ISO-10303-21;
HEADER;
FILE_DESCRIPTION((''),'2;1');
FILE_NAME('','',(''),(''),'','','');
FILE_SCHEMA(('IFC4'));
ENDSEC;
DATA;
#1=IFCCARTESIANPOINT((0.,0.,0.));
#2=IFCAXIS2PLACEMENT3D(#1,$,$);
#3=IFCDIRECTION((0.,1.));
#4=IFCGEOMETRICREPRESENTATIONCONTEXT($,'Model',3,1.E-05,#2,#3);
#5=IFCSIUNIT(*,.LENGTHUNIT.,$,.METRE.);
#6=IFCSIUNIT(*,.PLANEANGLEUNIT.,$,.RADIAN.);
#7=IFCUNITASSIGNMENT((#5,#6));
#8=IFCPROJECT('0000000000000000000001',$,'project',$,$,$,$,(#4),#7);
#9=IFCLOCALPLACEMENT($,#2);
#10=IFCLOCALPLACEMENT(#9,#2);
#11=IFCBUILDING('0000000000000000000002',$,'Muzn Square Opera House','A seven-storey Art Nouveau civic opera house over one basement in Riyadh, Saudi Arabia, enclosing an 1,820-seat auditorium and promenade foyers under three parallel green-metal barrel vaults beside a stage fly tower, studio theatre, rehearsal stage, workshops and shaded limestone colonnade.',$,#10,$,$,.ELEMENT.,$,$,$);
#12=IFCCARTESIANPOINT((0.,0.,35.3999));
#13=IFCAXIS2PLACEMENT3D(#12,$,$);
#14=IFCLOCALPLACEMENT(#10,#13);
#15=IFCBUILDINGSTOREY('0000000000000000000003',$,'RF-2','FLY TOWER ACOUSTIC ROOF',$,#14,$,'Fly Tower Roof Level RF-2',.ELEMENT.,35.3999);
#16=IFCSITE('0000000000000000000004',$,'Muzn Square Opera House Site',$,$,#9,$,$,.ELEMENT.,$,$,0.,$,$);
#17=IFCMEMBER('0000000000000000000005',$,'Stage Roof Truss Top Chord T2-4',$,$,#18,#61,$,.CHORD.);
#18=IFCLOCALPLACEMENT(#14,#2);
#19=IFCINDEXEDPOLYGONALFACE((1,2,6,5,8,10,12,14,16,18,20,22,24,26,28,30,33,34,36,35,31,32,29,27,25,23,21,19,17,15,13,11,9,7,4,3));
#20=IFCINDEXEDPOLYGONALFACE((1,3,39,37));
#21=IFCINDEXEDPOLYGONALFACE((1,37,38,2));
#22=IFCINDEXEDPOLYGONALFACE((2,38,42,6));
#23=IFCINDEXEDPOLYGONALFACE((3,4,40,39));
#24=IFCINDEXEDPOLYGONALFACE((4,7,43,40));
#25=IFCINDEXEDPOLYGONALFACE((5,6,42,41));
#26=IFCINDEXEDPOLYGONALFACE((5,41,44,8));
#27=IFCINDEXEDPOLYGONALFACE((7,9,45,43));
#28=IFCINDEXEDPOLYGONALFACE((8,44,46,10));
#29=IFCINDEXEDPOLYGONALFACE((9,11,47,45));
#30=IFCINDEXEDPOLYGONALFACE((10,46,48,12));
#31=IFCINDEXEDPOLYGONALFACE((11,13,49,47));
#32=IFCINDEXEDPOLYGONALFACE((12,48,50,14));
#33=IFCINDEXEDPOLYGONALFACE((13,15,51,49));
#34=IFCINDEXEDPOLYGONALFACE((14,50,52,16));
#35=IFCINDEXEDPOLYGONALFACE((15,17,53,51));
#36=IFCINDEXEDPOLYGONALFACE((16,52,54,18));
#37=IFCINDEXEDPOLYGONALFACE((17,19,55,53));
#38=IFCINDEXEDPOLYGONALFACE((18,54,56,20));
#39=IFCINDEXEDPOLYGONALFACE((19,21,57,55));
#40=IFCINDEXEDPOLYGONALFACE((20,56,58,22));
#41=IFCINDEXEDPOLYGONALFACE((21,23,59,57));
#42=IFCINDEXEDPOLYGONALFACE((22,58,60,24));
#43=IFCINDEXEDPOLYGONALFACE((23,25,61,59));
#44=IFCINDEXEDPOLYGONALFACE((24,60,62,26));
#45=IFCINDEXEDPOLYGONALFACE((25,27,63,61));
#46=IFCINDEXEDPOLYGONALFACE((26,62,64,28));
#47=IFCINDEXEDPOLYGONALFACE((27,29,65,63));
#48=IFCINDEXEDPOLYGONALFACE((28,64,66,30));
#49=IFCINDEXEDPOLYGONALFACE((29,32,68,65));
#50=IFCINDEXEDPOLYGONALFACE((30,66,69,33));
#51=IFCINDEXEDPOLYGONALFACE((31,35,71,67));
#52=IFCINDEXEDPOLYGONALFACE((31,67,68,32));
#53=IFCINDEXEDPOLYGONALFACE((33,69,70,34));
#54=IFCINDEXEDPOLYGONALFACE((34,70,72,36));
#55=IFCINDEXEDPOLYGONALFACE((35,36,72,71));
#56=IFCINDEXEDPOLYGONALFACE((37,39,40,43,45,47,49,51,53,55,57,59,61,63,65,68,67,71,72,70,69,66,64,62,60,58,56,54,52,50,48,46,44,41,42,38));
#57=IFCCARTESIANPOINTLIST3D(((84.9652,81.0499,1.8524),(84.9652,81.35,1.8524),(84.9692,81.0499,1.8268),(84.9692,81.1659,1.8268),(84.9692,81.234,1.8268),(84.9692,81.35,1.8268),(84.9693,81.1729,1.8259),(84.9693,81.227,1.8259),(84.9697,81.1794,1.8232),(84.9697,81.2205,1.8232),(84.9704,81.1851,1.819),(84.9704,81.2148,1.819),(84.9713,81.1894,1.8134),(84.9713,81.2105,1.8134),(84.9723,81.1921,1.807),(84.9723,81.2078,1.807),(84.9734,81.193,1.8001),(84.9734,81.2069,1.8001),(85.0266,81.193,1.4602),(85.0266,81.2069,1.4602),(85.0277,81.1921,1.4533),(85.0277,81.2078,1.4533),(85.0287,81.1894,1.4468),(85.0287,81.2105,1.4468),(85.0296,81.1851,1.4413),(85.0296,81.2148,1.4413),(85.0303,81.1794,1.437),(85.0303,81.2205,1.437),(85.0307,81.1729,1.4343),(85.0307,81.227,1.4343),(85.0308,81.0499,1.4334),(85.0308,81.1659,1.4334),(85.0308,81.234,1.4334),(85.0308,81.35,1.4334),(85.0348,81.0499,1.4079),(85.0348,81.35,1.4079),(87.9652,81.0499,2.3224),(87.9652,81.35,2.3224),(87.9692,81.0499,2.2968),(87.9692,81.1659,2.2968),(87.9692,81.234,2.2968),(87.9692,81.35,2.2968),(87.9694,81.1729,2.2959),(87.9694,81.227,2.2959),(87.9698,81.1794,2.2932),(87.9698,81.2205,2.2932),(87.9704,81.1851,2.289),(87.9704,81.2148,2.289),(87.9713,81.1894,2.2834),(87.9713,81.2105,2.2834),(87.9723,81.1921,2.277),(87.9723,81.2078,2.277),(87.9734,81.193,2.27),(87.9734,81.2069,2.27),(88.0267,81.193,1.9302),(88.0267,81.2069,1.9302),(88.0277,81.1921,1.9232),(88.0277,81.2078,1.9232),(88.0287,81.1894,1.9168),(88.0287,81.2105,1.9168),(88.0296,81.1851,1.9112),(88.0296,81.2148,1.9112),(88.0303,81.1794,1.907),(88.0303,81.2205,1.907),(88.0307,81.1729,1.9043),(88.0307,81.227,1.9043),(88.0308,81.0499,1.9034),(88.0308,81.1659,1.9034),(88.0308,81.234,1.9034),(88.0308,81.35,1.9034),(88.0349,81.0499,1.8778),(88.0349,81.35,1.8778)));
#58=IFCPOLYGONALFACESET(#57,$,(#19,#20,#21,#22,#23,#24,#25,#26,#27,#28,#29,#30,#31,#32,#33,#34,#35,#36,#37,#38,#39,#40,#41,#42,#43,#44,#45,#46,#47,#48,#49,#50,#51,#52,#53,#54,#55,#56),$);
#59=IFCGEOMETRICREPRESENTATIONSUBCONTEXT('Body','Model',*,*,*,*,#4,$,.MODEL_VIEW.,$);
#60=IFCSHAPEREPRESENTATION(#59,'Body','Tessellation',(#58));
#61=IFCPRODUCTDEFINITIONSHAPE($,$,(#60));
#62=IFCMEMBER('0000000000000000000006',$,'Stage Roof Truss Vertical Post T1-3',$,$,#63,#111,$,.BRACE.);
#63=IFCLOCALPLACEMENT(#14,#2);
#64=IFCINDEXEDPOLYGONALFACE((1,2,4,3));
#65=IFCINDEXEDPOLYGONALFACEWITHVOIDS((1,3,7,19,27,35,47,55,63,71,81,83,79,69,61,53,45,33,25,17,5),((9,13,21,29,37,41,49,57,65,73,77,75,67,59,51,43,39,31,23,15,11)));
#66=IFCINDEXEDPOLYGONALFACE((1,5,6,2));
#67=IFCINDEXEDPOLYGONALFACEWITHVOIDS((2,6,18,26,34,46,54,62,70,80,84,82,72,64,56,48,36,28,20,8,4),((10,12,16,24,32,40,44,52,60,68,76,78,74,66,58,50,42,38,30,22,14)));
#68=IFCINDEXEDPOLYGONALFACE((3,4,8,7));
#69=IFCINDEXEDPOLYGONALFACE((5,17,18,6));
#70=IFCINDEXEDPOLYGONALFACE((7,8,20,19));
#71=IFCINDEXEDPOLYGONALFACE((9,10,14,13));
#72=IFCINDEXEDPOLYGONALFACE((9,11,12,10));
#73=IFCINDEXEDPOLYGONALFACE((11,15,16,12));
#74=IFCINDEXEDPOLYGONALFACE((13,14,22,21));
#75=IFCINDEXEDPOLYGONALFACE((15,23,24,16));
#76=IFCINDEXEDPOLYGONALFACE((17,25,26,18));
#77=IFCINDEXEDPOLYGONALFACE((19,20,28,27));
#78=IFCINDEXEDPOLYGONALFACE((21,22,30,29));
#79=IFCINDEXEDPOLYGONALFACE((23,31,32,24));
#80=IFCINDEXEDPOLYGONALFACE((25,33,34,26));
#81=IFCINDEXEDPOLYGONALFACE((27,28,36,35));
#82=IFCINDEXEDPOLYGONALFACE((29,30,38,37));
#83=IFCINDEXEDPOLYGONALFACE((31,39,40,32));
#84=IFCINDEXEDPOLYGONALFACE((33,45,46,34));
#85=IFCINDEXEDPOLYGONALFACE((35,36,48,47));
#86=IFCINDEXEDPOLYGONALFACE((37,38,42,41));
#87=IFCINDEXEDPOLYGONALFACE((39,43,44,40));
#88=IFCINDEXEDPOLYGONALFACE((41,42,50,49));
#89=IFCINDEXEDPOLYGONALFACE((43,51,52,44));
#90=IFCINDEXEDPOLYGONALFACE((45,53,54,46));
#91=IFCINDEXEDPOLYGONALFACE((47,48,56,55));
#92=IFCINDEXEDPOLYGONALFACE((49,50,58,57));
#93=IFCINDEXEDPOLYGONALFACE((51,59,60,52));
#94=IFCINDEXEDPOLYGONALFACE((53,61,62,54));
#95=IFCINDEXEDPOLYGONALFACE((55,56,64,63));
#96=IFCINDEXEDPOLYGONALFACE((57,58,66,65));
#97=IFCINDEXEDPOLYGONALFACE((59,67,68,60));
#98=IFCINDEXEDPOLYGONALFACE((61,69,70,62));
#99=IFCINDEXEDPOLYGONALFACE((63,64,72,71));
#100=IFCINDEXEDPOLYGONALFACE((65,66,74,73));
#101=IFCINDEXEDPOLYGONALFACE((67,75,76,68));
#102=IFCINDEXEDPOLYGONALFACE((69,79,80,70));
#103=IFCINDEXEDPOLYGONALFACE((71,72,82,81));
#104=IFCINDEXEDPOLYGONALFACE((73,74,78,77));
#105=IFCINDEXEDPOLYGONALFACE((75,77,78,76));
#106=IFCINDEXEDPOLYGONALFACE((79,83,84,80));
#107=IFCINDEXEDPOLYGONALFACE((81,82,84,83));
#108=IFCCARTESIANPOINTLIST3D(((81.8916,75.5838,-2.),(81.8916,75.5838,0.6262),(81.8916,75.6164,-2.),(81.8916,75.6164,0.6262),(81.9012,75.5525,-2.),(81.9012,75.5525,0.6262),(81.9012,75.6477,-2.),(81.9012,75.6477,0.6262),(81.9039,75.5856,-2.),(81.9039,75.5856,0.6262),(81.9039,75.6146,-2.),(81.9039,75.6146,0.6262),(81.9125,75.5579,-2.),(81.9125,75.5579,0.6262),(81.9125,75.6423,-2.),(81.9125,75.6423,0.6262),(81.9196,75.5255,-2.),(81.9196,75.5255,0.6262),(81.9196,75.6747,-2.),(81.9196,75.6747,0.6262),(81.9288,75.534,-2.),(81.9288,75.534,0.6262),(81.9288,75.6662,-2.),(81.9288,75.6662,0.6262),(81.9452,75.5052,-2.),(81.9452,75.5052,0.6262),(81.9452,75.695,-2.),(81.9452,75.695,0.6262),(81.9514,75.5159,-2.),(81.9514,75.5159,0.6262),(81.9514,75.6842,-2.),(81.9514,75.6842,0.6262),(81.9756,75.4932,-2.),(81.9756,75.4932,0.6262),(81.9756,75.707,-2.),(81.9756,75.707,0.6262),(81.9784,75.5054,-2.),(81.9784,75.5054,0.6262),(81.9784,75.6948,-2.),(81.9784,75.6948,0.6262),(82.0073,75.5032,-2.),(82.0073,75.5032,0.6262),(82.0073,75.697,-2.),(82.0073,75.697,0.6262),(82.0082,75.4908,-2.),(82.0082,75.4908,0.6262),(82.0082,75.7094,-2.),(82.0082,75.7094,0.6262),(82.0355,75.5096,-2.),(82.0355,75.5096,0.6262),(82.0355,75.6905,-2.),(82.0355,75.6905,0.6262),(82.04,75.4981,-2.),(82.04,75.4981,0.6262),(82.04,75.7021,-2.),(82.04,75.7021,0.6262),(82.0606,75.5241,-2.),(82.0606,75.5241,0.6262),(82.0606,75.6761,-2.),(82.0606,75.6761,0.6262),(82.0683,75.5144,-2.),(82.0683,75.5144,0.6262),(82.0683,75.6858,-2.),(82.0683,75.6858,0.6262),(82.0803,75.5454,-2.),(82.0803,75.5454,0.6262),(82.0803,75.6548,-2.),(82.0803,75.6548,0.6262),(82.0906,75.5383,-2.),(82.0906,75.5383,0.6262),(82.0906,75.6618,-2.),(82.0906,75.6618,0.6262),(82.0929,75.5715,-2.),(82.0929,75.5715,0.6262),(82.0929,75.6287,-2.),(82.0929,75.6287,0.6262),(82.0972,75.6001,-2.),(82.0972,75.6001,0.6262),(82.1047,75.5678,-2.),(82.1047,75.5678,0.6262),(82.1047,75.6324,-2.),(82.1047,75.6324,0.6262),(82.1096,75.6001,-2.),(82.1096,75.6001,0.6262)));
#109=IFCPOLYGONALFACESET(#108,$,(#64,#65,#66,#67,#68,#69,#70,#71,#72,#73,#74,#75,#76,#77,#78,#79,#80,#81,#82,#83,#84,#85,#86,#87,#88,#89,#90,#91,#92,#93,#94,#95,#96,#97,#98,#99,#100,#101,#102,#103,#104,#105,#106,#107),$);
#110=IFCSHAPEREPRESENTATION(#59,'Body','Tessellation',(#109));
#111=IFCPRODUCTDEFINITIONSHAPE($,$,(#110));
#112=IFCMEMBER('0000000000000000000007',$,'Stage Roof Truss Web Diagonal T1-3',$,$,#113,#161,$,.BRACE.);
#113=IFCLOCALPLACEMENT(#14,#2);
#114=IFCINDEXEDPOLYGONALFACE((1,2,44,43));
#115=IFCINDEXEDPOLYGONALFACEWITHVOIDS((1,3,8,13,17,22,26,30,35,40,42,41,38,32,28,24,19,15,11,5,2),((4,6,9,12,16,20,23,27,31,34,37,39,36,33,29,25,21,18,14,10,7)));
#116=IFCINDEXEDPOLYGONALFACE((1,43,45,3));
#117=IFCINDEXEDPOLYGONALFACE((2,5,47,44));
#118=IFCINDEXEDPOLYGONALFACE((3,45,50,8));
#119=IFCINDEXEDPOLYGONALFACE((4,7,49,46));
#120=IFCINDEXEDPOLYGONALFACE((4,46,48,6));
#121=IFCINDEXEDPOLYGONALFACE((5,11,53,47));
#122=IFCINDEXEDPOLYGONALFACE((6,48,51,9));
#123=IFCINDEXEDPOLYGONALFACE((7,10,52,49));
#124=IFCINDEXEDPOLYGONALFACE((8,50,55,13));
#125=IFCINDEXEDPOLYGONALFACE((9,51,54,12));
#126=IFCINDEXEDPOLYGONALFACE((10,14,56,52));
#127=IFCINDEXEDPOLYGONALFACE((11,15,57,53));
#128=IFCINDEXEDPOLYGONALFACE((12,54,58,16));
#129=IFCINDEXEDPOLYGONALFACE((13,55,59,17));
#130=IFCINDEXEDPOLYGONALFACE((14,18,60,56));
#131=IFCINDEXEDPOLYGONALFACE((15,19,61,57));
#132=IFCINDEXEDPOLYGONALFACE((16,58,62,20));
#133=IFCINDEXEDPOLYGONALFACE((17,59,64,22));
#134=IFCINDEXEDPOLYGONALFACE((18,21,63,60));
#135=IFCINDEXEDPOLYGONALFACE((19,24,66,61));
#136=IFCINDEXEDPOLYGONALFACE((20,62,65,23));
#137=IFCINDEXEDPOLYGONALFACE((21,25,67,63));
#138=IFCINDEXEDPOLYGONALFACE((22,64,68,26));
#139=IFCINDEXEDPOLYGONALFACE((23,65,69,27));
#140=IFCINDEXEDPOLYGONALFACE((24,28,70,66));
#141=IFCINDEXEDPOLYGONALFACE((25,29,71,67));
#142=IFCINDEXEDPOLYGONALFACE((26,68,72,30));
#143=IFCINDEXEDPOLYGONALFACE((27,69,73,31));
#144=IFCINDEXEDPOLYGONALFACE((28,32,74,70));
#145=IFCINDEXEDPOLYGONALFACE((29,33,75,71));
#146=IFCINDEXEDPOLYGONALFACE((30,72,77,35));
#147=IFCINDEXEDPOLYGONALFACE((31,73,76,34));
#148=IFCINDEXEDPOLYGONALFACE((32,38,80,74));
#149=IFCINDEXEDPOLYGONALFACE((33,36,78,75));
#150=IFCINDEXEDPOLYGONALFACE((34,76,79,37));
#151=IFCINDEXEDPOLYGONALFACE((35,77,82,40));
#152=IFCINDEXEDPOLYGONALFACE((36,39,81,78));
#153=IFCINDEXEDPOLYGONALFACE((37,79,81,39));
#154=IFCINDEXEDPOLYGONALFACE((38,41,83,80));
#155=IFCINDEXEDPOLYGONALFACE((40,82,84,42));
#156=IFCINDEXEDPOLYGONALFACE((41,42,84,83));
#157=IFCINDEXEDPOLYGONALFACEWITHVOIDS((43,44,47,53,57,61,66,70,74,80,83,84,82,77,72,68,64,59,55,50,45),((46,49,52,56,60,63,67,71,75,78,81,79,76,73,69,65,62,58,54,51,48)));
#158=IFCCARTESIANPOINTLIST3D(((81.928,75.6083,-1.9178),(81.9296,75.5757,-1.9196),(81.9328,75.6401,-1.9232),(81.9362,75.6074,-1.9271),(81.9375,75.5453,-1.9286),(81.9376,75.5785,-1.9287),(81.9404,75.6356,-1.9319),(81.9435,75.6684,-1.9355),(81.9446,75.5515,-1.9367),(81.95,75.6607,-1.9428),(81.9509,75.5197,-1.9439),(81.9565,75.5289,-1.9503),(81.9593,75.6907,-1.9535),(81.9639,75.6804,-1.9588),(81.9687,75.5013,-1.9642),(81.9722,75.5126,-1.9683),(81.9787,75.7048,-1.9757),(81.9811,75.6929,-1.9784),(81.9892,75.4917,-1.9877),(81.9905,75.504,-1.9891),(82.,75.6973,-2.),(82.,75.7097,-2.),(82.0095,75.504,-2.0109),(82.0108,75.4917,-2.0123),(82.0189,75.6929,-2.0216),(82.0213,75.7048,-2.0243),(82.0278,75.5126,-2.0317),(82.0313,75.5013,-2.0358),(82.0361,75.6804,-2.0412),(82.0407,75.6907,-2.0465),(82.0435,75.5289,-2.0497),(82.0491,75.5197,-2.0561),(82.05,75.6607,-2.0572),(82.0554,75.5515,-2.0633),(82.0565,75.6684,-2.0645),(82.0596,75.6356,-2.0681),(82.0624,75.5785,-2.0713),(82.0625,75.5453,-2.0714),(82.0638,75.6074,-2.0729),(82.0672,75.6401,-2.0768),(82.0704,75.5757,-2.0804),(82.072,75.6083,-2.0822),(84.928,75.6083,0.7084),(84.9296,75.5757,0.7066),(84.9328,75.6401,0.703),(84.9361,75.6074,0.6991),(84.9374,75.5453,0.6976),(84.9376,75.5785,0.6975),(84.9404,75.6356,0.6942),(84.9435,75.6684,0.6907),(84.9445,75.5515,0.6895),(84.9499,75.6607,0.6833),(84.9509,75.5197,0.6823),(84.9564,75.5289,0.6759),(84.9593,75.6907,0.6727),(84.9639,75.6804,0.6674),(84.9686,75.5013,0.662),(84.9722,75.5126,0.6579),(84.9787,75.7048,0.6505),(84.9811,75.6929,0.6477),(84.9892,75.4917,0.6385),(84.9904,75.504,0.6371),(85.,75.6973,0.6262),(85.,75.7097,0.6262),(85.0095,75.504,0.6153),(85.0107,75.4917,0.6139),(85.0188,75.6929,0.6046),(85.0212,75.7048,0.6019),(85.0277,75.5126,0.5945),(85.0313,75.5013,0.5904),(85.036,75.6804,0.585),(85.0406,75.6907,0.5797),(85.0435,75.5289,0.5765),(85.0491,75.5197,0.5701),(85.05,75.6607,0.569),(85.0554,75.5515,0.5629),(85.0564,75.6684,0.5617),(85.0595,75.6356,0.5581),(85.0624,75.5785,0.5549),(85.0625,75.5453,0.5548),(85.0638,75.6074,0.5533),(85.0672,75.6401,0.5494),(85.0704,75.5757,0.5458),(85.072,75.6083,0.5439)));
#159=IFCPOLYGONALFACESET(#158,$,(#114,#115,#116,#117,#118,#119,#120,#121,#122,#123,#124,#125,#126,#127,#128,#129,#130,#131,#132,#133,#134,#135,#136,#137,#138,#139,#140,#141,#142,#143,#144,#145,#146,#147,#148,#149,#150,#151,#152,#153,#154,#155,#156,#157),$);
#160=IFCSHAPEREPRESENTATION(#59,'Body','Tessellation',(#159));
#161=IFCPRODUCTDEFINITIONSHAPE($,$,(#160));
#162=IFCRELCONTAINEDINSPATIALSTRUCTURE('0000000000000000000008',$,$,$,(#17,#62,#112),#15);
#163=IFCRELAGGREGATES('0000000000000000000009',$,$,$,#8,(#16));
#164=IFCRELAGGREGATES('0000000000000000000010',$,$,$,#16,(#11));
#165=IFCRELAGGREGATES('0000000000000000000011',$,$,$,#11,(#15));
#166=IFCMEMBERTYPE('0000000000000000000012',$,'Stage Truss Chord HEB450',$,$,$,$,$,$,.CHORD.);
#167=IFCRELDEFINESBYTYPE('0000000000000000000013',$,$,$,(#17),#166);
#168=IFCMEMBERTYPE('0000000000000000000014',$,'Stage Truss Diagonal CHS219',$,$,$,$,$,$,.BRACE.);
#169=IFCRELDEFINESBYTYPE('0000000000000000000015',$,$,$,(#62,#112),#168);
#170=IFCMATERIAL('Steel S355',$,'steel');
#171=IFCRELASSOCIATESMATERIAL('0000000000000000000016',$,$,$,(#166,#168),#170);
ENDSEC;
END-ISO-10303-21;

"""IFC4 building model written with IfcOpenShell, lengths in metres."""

from ifc_helpers import new_model, si_unit, direction, frame, origin, origin_2d, place, context, subcontext, project, spatial, hollow_circle, i_section, extrude, material, material_profile, profile_set, type_object, element, save


model = new_model("IFC4")

# Units and contexts
model_context = context("Model", 3, precision=1e-05, world=origin(), true_north=direction((0.0, 1.0)))
body_context = subcontext(model_context, "Body", "Model", "MODEL_VIEW")
ifc_project = project(units=[si_unit("LENGTHUNIT", "METRE"), si_unit("PLANEANGLEUNIT", "RADIAN")], contexts=[model_context])

# Site, building, storey
site_placement = place(None, origin())
site = spatial("IfcSite", under=ifc_project, at=site_placement, Name="Muzn Square Opera House Site", CompositionType="ELEMENT", RefElevation=0.0)
building_placement = place(site_placement, origin())
building = spatial("IfcBuilding", under=site, at=building_placement, Name="Muzn Square Opera House", Description="A seven-storey Art Nouveau civic opera house over one basement in Riyadh, Saudi Arabia, enclosing an 1,820-seat auditorium and promenade foyers under three parallel green-metal barrel vaults beside a stage fly tower, studio theatre, rehearsal stage, workshops and shaded limestone colonnade.", CompositionType="ELEMENT")
storey_placement = place(building_placement, frame((0.0, 0.0, 35.3999)))
storey = spatial("IfcBuildingStorey", under=building, at=storey_placement, Name="RF-2", Description="FLY TOWER ACOUSTIC ROOF", LongName="Fly Tower Roof Level RF-2", CompositionType="ELEMENT", Elevation=35.3999)

# Members
ifc_material_1 = material(Name="Steel S355", Category="steel")
ifc_material_profile_1 = material_profile(ifc_material_1, i_section(OverallWidth=0.3, OverallDepth=0.45, WebThickness=0.0139, FlangeThickness=0.0259, FilletRadius=0.0271, at=origin_2d()), Name="HEB 450", Category="steel")
ifc_profile_set_1 = profile_set([ifc_material_profile_1], Name="Steel S355")
member_type_1 = type_object("IfcMemberType", Name="Stage Truss Chord HEB450", PredefinedType="CHORD", material=ifc_profile_set_1)
for number, where, z_axis, x_axis, name in (
    (1, (85.0, 81.2, 1.6301), (0.987951, 0.0, 0.154769), (0.0, 1.0, 0.0), "Stage Roof Truss Top Chord T2-4"),
):
    element("IfcMember", number, at=place(storey_placement, frame(where, z_axis=z_axis, x_axis=x_axis)), inside=storey, type_object=member_type_1, Name=name, PredefinedType="CHORD", context=body_context, shape_type="SweptSolid", body=[
        extrude(i_section(OverallWidth=0.3, OverallDepth=0.45, WebThickness=0.0139, FlangeThickness=0.0259, FilletRadius=0.0271, at=origin_2d()), origin(), (0.0, 0.0, 1.0), 3.0366),
    ])
ifc_material_profile_2 = material_profile(ifc_material_1, hollow_circle(Radius=0.1096, WallThickness=0.0125, at=origin_2d()), Name="CHS 219.1x12.5", Category="steel")
ifc_profile_set_2 = profile_set([ifc_material_profile_2], Name="Steel S355")
member_type_2 = type_object("IfcMemberType", Name="Stage Truss Diagonal CHS219", PredefinedType="BRACE", material=ifc_profile_set_2)
member_1_placement = place(storey_placement, frame((82.0, 75.6001, -2.0), z_axis=(0.0, 0.0, 1.0), x_axis=(1.0, 0.0, 0.0)))
element("IfcMember", 2, at=member_1_placement, inside=storey, type_object=member_type_2, Name="Stage Roof Truss Vertical Post T1-3", PredefinedType="BRACE", context=body_context, shape_type="SweptSolid", body=[
    extrude(hollow_circle(Radius=0.1096, WallThickness=0.0125, at=origin_2d()), origin(), (0.0, 0.0, 1.0), 2.6262),
])
member_2_placement = place(storey_placement, frame((82.0, 75.6001, -2.0), z_axis=(0.752425, 0.0, 0.658678), x_axis=(0.0, 1.0, 0.0)))
element("IfcMember", 3, at=member_2_placement, inside=storey, type_object=member_type_2, Name="Stage Roof Truss Web Diagonal T1-3", PredefinedType="BRACE", context=body_context, shape_type="SweptSolid", body=[
    extrude(hollow_circle(Radius=0.1096, WallThickness=0.0125, at=origin_2d()), origin(), (0.0, 0.0, 1.0), 3.9871),
])

save(model, "model.ifc")
